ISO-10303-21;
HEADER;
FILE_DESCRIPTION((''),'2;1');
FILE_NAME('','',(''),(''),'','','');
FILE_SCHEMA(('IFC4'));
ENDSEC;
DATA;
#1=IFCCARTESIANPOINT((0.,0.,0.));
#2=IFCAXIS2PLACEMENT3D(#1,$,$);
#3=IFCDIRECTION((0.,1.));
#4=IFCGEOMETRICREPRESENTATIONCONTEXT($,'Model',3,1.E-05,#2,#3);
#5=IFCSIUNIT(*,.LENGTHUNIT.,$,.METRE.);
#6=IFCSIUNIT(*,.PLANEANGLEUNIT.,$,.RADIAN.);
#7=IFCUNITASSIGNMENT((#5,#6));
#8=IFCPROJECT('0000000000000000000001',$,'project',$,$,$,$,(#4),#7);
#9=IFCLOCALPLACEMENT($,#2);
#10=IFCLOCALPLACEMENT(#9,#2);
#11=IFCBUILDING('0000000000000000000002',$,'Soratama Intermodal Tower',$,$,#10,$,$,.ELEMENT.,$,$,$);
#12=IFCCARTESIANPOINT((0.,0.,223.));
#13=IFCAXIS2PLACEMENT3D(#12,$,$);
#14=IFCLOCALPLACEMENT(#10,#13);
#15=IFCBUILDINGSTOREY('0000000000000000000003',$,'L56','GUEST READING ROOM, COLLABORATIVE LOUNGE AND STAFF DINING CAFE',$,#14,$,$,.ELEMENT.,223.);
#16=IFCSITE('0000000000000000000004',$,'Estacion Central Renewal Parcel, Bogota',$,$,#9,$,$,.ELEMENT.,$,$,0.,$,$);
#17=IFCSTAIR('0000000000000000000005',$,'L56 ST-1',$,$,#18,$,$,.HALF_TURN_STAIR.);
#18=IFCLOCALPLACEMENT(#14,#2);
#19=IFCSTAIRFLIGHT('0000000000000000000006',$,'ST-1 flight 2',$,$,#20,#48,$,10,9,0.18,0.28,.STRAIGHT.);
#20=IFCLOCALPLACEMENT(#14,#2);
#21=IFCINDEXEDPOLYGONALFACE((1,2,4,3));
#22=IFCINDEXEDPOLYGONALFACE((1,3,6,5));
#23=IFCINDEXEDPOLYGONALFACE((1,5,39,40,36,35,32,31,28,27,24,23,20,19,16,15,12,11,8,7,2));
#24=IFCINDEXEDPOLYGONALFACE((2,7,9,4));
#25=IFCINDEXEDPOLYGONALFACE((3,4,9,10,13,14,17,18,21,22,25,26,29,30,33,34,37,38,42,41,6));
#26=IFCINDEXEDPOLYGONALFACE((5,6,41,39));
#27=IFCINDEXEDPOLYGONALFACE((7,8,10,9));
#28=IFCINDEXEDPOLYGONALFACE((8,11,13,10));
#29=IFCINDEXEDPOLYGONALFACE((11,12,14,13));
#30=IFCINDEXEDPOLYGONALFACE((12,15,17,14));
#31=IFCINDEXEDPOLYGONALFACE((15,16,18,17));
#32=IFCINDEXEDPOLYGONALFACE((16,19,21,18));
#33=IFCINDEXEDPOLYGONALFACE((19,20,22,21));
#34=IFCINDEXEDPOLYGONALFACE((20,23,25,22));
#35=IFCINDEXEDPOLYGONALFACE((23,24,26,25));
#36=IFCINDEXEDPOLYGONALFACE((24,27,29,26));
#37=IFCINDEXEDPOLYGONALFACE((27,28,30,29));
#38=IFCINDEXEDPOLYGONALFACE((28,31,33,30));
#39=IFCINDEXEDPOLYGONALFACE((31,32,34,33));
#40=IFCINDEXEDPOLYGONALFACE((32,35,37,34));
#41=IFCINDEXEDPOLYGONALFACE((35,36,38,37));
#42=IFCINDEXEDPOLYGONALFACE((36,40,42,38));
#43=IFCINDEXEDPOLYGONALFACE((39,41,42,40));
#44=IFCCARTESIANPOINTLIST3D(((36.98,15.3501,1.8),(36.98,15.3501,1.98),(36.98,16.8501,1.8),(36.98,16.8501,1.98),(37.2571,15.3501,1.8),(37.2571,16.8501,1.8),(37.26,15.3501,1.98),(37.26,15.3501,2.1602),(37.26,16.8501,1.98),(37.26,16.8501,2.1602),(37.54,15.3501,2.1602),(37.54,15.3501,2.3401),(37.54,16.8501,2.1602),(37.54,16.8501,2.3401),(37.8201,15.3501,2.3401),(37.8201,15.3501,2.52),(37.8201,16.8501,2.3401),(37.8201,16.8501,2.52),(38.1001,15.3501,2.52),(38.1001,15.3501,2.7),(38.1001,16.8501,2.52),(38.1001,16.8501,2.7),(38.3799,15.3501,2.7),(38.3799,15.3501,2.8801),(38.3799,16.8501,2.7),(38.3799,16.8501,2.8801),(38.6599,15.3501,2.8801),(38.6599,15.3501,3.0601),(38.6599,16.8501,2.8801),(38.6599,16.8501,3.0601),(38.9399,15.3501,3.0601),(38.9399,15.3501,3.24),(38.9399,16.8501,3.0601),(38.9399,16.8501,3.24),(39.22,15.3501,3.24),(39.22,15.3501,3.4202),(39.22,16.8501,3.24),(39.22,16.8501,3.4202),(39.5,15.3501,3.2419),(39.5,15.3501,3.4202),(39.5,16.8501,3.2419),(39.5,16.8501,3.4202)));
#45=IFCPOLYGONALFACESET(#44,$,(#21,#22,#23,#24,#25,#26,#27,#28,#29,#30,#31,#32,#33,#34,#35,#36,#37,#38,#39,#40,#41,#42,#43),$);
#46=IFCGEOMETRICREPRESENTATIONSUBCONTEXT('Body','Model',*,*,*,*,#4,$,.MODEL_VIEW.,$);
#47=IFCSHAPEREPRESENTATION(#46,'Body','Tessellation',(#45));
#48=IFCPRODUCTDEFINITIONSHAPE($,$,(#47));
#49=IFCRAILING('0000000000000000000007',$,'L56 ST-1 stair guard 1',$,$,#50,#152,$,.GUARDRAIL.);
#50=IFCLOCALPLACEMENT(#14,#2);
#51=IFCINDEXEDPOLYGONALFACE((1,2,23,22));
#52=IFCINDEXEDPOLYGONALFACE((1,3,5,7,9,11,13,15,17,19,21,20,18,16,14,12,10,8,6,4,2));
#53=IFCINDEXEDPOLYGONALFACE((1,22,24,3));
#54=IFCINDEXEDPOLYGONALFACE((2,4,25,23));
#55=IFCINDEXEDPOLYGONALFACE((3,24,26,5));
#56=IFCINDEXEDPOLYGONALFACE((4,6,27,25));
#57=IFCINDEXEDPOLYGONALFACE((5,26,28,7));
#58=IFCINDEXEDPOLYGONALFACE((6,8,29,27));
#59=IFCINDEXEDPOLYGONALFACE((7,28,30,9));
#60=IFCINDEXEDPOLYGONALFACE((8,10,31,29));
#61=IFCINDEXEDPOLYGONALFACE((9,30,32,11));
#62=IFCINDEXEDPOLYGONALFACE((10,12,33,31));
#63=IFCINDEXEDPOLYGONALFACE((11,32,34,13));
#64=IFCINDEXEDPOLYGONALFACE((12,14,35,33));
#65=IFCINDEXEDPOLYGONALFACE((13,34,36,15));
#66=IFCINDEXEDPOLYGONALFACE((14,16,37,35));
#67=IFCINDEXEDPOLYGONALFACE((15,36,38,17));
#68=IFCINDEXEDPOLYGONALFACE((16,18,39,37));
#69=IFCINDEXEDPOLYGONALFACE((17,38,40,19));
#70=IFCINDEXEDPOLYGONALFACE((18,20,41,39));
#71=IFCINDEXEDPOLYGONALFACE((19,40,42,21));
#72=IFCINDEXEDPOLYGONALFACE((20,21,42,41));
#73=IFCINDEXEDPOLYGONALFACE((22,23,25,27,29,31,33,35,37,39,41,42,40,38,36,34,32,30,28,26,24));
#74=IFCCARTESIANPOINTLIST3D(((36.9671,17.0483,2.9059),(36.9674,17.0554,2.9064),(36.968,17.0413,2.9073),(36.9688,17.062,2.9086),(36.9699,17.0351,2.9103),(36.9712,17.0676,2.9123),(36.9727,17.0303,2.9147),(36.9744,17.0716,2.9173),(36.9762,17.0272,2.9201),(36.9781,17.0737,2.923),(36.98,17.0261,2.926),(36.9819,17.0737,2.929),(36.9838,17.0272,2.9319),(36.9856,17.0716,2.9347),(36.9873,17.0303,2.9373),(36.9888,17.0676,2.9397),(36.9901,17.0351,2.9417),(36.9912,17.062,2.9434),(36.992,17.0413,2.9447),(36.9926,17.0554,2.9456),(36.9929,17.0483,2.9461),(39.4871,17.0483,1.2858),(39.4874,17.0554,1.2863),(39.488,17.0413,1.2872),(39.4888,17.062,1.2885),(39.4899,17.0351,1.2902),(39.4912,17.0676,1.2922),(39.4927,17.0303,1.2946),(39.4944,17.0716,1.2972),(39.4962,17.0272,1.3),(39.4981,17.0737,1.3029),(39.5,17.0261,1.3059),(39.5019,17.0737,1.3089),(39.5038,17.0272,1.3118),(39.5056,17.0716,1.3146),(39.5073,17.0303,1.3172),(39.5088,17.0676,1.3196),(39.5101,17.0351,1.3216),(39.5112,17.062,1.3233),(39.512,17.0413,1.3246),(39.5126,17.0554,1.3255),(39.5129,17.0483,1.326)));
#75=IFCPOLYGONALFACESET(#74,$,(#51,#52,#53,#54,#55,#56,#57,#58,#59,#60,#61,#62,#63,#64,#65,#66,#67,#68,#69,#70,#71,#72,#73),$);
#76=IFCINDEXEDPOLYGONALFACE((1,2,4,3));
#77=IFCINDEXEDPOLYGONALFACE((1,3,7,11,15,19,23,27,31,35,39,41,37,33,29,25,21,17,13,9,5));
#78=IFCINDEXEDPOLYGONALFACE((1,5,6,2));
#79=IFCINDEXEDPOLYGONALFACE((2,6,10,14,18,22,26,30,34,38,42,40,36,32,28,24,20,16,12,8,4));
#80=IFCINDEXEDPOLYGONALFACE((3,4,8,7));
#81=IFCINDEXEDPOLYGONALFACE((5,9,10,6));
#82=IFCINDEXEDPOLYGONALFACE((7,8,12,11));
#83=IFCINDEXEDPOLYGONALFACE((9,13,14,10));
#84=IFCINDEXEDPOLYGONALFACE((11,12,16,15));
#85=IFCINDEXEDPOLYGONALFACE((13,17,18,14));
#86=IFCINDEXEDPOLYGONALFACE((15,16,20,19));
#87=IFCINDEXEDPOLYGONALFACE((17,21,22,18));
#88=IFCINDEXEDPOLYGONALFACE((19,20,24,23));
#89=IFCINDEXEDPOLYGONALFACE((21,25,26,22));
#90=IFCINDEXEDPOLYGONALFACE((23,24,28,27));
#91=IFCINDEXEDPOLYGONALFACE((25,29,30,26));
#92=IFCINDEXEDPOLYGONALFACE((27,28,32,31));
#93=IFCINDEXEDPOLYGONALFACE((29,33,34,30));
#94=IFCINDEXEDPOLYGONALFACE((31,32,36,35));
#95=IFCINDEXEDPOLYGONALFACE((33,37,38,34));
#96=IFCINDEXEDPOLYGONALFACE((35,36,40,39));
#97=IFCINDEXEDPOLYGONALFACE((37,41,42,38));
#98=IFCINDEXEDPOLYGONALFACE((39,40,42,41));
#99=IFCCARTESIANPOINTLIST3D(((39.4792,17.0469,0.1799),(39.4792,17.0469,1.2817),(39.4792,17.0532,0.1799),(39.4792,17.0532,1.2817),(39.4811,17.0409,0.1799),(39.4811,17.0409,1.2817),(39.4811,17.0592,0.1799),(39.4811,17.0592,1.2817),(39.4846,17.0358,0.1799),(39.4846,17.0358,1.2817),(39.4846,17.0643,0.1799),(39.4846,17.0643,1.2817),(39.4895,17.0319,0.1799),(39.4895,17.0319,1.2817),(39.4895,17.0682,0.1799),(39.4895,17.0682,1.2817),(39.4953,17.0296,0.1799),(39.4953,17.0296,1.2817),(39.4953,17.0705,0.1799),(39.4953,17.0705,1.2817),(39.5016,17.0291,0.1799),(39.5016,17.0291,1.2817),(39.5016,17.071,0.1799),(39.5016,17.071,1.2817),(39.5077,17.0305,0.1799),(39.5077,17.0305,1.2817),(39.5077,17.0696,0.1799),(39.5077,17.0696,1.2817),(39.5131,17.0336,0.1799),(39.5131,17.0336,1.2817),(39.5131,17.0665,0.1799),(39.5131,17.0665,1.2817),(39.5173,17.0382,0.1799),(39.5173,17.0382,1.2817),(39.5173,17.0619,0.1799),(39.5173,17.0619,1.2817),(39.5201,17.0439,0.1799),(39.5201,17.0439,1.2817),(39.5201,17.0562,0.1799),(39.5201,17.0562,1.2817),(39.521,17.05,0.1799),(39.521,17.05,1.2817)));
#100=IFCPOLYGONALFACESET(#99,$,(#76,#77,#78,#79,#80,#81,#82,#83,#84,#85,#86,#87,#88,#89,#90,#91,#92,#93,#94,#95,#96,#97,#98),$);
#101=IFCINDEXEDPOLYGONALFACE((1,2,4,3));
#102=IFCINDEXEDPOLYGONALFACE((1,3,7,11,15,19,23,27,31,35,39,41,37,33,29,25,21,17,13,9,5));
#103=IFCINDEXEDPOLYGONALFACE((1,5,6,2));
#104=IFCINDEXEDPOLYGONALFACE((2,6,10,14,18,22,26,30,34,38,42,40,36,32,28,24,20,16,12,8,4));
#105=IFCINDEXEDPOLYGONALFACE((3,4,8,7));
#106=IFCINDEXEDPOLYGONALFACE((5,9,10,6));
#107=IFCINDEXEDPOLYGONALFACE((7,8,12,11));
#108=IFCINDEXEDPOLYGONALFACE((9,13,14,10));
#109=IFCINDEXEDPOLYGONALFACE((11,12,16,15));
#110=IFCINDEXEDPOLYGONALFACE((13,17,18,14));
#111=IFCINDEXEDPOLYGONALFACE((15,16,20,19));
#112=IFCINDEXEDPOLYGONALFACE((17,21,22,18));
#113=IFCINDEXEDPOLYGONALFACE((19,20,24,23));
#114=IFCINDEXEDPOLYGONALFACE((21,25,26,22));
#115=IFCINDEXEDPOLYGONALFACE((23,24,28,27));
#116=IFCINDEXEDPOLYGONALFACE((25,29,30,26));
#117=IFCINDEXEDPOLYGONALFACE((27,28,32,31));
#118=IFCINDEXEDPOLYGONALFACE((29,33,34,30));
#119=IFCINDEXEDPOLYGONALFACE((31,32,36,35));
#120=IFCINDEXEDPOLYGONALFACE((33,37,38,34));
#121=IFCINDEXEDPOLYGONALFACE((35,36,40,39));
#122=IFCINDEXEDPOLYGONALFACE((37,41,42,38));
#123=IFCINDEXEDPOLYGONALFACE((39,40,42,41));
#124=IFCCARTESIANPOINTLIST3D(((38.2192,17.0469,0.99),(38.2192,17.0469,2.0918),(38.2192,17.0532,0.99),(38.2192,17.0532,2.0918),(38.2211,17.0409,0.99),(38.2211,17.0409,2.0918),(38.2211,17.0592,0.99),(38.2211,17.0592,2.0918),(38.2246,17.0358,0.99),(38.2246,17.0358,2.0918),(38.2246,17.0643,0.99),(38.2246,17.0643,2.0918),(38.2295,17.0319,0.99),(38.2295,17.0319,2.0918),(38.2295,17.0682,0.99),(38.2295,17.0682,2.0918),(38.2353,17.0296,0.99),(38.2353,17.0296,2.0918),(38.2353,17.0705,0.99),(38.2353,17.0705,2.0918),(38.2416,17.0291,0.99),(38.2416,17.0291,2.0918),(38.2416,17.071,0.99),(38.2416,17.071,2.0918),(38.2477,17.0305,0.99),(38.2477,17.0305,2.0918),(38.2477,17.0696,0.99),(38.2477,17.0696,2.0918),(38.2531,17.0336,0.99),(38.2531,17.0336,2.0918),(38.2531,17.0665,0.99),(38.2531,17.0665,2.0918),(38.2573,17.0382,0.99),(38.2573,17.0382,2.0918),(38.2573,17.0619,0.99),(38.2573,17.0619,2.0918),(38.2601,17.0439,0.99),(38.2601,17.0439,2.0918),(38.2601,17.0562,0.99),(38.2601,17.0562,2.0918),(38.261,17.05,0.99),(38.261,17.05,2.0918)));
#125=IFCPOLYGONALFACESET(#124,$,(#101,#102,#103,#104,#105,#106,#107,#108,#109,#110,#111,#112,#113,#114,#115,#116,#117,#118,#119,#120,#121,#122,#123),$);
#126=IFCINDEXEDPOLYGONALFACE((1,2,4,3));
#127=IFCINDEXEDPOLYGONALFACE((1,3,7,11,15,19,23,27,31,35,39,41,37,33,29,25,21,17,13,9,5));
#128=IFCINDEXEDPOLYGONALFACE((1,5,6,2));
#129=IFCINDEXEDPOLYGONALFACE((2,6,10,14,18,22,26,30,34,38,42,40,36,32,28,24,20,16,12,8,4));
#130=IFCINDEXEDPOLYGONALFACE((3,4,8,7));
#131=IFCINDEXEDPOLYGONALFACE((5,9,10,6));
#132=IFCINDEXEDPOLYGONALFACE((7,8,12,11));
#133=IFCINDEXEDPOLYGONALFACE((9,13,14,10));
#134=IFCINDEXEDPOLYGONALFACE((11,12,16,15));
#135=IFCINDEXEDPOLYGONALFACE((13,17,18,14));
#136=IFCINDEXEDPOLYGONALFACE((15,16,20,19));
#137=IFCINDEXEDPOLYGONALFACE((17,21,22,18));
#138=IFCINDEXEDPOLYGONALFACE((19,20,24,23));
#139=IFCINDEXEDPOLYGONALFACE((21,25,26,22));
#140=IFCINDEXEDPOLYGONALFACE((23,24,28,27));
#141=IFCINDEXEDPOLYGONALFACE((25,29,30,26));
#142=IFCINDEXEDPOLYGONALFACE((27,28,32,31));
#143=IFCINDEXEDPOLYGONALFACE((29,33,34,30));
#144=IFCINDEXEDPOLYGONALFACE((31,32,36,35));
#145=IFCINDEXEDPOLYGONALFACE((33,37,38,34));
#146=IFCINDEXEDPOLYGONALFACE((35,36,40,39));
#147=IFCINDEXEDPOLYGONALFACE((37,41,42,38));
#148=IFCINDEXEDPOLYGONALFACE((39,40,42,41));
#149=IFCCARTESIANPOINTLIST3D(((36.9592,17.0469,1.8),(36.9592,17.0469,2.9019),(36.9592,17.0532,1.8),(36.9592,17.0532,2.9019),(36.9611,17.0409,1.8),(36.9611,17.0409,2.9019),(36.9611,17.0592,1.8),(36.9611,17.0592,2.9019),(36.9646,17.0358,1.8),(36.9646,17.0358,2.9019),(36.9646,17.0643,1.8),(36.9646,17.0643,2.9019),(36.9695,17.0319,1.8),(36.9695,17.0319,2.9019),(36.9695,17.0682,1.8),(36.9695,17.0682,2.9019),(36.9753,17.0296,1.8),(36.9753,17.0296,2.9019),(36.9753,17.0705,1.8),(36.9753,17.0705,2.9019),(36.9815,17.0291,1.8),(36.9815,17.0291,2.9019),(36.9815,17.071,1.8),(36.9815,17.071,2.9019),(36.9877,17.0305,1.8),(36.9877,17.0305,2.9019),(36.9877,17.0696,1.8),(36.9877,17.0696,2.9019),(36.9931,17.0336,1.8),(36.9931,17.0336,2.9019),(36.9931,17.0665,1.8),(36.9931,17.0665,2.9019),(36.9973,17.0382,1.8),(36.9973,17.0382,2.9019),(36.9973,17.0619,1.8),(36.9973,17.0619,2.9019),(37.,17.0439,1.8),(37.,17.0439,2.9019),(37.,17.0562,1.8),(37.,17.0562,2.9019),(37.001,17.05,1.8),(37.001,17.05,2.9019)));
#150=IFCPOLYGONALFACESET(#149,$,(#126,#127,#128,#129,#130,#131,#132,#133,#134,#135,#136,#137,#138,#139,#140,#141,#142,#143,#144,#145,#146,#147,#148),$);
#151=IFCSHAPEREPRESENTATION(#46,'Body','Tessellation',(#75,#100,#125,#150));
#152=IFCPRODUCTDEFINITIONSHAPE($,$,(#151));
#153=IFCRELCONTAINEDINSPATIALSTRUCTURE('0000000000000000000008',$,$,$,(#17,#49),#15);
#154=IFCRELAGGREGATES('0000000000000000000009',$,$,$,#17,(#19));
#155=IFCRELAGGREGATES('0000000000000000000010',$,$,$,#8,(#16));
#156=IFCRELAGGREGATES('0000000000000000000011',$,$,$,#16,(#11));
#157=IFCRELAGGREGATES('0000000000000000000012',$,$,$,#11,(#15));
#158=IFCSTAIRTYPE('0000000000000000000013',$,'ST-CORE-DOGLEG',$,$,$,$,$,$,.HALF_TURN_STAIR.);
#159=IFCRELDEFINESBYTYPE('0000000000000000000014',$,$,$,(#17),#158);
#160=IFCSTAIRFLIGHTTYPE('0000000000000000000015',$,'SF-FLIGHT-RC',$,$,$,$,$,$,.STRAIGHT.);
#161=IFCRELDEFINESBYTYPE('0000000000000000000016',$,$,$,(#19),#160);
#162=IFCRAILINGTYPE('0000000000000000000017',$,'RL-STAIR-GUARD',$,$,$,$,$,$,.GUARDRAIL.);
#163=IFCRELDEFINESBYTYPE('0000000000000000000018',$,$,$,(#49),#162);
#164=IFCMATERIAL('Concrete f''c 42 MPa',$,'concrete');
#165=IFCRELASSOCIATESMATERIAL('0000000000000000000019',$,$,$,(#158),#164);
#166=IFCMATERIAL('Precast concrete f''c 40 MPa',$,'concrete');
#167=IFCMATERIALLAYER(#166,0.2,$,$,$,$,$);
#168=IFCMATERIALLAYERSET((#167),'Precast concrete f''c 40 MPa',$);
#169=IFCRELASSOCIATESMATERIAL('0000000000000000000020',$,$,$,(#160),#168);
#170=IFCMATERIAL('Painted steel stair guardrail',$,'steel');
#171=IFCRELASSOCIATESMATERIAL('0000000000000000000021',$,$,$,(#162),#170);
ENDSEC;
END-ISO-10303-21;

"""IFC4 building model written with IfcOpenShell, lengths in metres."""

from ifc_helpers import new_model, si_unit, direction, frame, origin, origin_2d, place, context, subcontext, project, spatial, polyline, circle, outline, extrude, material, layer, layer_set, type_object, element, aggregate, save


model = new_model("IFC4")

# Units and contexts
model_context = context("Model", 3, precision=1e-05, world=origin(), true_north=direction((0.0, 1.0)))
body_context = subcontext(model_context, "Body", "Model", "MODEL_VIEW")
ifc_project = project(units=[si_unit("LENGTHUNIT", "METRE"), si_unit("PLANEANGLEUNIT", "RADIAN")], contexts=[model_context])

# Site, building, storey
site_placement = place(None, origin())
site = spatial("IfcSite", under=ifc_project, at=site_placement, Name="Estacion Central Renewal Parcel, Bogota", CompositionType="ELEMENT", RefElevation=0.0)
building_placement = place(site_placement, origin())
building = spatial("IfcBuilding", under=site, at=building_placement, Name="Soratama Intermodal Tower", CompositionType="ELEMENT")
storey_placement = place(building_placement, frame((0.0, 0.0, 223.0)))
storey = spatial("IfcBuildingStorey", under=building, at=storey_placement, Name="L56", Description="GUEST READING ROOM, COLLABORATIVE LOUNGE AND STAFF DINING CAFE", CompositionType="ELEMENT", Elevation=223.0)

# Stair, stair flight
ifc_material_1 = material(Name="Concrete f'c 42 MPa", Category="concrete")
stair_type = type_object("IfcStairType", Name="ST-CORE-DOGLEG", PredefinedType="HALF_TURN_STAIR", material=ifc_material_1)
stair_placement = place(storey_placement, origin())
stair = element("IfcStair", 1, at=stair_placement, inside=storey, type_object=stair_type, Name="L56 ST-1", PredefinedType="HALF_TURN_STAIR")
ifc_material_2 = material(Name="Precast concrete f'c 40 MPa", Category="concrete")
ifc_layer_1 = layer(ifc_material_2, 0.2)
ifc_layer_set_1 = layer_set([ifc_layer_1], Name="Precast concrete f'c 40 MPa")
stair_flight_type = type_object("IfcStairFlightType", Name="SF-FLIGHT-RC", PredefinedType="STRAIGHT", material=ifc_layer_set_1)
stair_flight_1_placement = place(storey_placement, frame((36.98, 16.1001, 1.8), z_axis=(0.0, 0.0, 1.0), x_axis=(1.0, 0.0, 0.0)))
stair_flight_1 = element("IfcStairFlight", 2, at=stair_flight_1_placement, type_object=stair_flight_type, Name="ST-1 flight 2", NumberOfRisers=10, NumberOfTreads=9, PredefinedType="STRAIGHT", RiserHeight=0.18, TreadLength=0.28, context=body_context, shape_type="SweptSolid", body=[
    extrude(outline(polyline([(0.0, 0.0), (0.0, 0.1799), (0.28, 0.1799), (0.28, 0.3601), (0.5601, 0.3601), (0.5601, 0.54), (0.8401, 0.54), (0.8401, 0.72), (1.1201, 0.72), (1.1201, 0.8999), (1.3999, 0.8999), (1.3999, 1.0801), (1.6799, 1.0801), (1.6799, 1.26), (1.96, 1.26), (1.96, 1.4399), (2.24, 1.4399), (2.24, 1.6201), (2.52, 1.6201), (2.52, 1.8), (2.52, 1.4419), (0.2771, 0.0), (0.0, 0.0)])), frame((0.0, 0.75, 0.0), z_axis=(0.0, -1.0, 0.0), x_axis=(1.0, 0.0, 0.0)), (0.0, 0.0, 1.0), 1.5),
])
aggregate(stair, [stair_flight_1])

# Railing
ifc_material_3 = material(Name="Painted steel stair guardrail", Category="steel")
railing_type_1 = type_object("IfcRailingType", Name="RL-STAIR-GUARD", PredefinedType="GUARDRAIL", material=ifc_material_3)
railing_1_placement = place(storey_placement, frame((39.5, 17.05, 0.1799)))
element("IfcRailing", 3, at=railing_1_placement, inside=storey, type_object=railing_type_1, Name="L56 ST-1 stair guard 1", PredefinedType="GUARDRAIL", context=body_context, shape_type="SweptSolid", body=[
    extrude(circle(Radius=0.0239, at=origin_2d()), frame((0.0, 0.0, 1.126), z_axis=(-0.841163, 0.0, 0.540782), x_axis=(0.0, -1.0, 0.0)), (0.0, 0.0, 1.0), 2.9958),
    extrude(circle(Radius=0.021, at=origin_2d()), origin(), (0.0, 0.0, 1.0), 1.1018),
    extrude(circle(Radius=0.021, at=origin_2d()), frame((-1.26, 0.0, 0.8101)), (0.0, 0.0, 1.0), 1.1018),
    extrude(circle(Radius=0.021, at=origin_2d()), frame((-2.52, 0.0, 1.6201)), (0.0, 0.0, 1.0), 1.1018),
])

save(model, "model.ifc")
